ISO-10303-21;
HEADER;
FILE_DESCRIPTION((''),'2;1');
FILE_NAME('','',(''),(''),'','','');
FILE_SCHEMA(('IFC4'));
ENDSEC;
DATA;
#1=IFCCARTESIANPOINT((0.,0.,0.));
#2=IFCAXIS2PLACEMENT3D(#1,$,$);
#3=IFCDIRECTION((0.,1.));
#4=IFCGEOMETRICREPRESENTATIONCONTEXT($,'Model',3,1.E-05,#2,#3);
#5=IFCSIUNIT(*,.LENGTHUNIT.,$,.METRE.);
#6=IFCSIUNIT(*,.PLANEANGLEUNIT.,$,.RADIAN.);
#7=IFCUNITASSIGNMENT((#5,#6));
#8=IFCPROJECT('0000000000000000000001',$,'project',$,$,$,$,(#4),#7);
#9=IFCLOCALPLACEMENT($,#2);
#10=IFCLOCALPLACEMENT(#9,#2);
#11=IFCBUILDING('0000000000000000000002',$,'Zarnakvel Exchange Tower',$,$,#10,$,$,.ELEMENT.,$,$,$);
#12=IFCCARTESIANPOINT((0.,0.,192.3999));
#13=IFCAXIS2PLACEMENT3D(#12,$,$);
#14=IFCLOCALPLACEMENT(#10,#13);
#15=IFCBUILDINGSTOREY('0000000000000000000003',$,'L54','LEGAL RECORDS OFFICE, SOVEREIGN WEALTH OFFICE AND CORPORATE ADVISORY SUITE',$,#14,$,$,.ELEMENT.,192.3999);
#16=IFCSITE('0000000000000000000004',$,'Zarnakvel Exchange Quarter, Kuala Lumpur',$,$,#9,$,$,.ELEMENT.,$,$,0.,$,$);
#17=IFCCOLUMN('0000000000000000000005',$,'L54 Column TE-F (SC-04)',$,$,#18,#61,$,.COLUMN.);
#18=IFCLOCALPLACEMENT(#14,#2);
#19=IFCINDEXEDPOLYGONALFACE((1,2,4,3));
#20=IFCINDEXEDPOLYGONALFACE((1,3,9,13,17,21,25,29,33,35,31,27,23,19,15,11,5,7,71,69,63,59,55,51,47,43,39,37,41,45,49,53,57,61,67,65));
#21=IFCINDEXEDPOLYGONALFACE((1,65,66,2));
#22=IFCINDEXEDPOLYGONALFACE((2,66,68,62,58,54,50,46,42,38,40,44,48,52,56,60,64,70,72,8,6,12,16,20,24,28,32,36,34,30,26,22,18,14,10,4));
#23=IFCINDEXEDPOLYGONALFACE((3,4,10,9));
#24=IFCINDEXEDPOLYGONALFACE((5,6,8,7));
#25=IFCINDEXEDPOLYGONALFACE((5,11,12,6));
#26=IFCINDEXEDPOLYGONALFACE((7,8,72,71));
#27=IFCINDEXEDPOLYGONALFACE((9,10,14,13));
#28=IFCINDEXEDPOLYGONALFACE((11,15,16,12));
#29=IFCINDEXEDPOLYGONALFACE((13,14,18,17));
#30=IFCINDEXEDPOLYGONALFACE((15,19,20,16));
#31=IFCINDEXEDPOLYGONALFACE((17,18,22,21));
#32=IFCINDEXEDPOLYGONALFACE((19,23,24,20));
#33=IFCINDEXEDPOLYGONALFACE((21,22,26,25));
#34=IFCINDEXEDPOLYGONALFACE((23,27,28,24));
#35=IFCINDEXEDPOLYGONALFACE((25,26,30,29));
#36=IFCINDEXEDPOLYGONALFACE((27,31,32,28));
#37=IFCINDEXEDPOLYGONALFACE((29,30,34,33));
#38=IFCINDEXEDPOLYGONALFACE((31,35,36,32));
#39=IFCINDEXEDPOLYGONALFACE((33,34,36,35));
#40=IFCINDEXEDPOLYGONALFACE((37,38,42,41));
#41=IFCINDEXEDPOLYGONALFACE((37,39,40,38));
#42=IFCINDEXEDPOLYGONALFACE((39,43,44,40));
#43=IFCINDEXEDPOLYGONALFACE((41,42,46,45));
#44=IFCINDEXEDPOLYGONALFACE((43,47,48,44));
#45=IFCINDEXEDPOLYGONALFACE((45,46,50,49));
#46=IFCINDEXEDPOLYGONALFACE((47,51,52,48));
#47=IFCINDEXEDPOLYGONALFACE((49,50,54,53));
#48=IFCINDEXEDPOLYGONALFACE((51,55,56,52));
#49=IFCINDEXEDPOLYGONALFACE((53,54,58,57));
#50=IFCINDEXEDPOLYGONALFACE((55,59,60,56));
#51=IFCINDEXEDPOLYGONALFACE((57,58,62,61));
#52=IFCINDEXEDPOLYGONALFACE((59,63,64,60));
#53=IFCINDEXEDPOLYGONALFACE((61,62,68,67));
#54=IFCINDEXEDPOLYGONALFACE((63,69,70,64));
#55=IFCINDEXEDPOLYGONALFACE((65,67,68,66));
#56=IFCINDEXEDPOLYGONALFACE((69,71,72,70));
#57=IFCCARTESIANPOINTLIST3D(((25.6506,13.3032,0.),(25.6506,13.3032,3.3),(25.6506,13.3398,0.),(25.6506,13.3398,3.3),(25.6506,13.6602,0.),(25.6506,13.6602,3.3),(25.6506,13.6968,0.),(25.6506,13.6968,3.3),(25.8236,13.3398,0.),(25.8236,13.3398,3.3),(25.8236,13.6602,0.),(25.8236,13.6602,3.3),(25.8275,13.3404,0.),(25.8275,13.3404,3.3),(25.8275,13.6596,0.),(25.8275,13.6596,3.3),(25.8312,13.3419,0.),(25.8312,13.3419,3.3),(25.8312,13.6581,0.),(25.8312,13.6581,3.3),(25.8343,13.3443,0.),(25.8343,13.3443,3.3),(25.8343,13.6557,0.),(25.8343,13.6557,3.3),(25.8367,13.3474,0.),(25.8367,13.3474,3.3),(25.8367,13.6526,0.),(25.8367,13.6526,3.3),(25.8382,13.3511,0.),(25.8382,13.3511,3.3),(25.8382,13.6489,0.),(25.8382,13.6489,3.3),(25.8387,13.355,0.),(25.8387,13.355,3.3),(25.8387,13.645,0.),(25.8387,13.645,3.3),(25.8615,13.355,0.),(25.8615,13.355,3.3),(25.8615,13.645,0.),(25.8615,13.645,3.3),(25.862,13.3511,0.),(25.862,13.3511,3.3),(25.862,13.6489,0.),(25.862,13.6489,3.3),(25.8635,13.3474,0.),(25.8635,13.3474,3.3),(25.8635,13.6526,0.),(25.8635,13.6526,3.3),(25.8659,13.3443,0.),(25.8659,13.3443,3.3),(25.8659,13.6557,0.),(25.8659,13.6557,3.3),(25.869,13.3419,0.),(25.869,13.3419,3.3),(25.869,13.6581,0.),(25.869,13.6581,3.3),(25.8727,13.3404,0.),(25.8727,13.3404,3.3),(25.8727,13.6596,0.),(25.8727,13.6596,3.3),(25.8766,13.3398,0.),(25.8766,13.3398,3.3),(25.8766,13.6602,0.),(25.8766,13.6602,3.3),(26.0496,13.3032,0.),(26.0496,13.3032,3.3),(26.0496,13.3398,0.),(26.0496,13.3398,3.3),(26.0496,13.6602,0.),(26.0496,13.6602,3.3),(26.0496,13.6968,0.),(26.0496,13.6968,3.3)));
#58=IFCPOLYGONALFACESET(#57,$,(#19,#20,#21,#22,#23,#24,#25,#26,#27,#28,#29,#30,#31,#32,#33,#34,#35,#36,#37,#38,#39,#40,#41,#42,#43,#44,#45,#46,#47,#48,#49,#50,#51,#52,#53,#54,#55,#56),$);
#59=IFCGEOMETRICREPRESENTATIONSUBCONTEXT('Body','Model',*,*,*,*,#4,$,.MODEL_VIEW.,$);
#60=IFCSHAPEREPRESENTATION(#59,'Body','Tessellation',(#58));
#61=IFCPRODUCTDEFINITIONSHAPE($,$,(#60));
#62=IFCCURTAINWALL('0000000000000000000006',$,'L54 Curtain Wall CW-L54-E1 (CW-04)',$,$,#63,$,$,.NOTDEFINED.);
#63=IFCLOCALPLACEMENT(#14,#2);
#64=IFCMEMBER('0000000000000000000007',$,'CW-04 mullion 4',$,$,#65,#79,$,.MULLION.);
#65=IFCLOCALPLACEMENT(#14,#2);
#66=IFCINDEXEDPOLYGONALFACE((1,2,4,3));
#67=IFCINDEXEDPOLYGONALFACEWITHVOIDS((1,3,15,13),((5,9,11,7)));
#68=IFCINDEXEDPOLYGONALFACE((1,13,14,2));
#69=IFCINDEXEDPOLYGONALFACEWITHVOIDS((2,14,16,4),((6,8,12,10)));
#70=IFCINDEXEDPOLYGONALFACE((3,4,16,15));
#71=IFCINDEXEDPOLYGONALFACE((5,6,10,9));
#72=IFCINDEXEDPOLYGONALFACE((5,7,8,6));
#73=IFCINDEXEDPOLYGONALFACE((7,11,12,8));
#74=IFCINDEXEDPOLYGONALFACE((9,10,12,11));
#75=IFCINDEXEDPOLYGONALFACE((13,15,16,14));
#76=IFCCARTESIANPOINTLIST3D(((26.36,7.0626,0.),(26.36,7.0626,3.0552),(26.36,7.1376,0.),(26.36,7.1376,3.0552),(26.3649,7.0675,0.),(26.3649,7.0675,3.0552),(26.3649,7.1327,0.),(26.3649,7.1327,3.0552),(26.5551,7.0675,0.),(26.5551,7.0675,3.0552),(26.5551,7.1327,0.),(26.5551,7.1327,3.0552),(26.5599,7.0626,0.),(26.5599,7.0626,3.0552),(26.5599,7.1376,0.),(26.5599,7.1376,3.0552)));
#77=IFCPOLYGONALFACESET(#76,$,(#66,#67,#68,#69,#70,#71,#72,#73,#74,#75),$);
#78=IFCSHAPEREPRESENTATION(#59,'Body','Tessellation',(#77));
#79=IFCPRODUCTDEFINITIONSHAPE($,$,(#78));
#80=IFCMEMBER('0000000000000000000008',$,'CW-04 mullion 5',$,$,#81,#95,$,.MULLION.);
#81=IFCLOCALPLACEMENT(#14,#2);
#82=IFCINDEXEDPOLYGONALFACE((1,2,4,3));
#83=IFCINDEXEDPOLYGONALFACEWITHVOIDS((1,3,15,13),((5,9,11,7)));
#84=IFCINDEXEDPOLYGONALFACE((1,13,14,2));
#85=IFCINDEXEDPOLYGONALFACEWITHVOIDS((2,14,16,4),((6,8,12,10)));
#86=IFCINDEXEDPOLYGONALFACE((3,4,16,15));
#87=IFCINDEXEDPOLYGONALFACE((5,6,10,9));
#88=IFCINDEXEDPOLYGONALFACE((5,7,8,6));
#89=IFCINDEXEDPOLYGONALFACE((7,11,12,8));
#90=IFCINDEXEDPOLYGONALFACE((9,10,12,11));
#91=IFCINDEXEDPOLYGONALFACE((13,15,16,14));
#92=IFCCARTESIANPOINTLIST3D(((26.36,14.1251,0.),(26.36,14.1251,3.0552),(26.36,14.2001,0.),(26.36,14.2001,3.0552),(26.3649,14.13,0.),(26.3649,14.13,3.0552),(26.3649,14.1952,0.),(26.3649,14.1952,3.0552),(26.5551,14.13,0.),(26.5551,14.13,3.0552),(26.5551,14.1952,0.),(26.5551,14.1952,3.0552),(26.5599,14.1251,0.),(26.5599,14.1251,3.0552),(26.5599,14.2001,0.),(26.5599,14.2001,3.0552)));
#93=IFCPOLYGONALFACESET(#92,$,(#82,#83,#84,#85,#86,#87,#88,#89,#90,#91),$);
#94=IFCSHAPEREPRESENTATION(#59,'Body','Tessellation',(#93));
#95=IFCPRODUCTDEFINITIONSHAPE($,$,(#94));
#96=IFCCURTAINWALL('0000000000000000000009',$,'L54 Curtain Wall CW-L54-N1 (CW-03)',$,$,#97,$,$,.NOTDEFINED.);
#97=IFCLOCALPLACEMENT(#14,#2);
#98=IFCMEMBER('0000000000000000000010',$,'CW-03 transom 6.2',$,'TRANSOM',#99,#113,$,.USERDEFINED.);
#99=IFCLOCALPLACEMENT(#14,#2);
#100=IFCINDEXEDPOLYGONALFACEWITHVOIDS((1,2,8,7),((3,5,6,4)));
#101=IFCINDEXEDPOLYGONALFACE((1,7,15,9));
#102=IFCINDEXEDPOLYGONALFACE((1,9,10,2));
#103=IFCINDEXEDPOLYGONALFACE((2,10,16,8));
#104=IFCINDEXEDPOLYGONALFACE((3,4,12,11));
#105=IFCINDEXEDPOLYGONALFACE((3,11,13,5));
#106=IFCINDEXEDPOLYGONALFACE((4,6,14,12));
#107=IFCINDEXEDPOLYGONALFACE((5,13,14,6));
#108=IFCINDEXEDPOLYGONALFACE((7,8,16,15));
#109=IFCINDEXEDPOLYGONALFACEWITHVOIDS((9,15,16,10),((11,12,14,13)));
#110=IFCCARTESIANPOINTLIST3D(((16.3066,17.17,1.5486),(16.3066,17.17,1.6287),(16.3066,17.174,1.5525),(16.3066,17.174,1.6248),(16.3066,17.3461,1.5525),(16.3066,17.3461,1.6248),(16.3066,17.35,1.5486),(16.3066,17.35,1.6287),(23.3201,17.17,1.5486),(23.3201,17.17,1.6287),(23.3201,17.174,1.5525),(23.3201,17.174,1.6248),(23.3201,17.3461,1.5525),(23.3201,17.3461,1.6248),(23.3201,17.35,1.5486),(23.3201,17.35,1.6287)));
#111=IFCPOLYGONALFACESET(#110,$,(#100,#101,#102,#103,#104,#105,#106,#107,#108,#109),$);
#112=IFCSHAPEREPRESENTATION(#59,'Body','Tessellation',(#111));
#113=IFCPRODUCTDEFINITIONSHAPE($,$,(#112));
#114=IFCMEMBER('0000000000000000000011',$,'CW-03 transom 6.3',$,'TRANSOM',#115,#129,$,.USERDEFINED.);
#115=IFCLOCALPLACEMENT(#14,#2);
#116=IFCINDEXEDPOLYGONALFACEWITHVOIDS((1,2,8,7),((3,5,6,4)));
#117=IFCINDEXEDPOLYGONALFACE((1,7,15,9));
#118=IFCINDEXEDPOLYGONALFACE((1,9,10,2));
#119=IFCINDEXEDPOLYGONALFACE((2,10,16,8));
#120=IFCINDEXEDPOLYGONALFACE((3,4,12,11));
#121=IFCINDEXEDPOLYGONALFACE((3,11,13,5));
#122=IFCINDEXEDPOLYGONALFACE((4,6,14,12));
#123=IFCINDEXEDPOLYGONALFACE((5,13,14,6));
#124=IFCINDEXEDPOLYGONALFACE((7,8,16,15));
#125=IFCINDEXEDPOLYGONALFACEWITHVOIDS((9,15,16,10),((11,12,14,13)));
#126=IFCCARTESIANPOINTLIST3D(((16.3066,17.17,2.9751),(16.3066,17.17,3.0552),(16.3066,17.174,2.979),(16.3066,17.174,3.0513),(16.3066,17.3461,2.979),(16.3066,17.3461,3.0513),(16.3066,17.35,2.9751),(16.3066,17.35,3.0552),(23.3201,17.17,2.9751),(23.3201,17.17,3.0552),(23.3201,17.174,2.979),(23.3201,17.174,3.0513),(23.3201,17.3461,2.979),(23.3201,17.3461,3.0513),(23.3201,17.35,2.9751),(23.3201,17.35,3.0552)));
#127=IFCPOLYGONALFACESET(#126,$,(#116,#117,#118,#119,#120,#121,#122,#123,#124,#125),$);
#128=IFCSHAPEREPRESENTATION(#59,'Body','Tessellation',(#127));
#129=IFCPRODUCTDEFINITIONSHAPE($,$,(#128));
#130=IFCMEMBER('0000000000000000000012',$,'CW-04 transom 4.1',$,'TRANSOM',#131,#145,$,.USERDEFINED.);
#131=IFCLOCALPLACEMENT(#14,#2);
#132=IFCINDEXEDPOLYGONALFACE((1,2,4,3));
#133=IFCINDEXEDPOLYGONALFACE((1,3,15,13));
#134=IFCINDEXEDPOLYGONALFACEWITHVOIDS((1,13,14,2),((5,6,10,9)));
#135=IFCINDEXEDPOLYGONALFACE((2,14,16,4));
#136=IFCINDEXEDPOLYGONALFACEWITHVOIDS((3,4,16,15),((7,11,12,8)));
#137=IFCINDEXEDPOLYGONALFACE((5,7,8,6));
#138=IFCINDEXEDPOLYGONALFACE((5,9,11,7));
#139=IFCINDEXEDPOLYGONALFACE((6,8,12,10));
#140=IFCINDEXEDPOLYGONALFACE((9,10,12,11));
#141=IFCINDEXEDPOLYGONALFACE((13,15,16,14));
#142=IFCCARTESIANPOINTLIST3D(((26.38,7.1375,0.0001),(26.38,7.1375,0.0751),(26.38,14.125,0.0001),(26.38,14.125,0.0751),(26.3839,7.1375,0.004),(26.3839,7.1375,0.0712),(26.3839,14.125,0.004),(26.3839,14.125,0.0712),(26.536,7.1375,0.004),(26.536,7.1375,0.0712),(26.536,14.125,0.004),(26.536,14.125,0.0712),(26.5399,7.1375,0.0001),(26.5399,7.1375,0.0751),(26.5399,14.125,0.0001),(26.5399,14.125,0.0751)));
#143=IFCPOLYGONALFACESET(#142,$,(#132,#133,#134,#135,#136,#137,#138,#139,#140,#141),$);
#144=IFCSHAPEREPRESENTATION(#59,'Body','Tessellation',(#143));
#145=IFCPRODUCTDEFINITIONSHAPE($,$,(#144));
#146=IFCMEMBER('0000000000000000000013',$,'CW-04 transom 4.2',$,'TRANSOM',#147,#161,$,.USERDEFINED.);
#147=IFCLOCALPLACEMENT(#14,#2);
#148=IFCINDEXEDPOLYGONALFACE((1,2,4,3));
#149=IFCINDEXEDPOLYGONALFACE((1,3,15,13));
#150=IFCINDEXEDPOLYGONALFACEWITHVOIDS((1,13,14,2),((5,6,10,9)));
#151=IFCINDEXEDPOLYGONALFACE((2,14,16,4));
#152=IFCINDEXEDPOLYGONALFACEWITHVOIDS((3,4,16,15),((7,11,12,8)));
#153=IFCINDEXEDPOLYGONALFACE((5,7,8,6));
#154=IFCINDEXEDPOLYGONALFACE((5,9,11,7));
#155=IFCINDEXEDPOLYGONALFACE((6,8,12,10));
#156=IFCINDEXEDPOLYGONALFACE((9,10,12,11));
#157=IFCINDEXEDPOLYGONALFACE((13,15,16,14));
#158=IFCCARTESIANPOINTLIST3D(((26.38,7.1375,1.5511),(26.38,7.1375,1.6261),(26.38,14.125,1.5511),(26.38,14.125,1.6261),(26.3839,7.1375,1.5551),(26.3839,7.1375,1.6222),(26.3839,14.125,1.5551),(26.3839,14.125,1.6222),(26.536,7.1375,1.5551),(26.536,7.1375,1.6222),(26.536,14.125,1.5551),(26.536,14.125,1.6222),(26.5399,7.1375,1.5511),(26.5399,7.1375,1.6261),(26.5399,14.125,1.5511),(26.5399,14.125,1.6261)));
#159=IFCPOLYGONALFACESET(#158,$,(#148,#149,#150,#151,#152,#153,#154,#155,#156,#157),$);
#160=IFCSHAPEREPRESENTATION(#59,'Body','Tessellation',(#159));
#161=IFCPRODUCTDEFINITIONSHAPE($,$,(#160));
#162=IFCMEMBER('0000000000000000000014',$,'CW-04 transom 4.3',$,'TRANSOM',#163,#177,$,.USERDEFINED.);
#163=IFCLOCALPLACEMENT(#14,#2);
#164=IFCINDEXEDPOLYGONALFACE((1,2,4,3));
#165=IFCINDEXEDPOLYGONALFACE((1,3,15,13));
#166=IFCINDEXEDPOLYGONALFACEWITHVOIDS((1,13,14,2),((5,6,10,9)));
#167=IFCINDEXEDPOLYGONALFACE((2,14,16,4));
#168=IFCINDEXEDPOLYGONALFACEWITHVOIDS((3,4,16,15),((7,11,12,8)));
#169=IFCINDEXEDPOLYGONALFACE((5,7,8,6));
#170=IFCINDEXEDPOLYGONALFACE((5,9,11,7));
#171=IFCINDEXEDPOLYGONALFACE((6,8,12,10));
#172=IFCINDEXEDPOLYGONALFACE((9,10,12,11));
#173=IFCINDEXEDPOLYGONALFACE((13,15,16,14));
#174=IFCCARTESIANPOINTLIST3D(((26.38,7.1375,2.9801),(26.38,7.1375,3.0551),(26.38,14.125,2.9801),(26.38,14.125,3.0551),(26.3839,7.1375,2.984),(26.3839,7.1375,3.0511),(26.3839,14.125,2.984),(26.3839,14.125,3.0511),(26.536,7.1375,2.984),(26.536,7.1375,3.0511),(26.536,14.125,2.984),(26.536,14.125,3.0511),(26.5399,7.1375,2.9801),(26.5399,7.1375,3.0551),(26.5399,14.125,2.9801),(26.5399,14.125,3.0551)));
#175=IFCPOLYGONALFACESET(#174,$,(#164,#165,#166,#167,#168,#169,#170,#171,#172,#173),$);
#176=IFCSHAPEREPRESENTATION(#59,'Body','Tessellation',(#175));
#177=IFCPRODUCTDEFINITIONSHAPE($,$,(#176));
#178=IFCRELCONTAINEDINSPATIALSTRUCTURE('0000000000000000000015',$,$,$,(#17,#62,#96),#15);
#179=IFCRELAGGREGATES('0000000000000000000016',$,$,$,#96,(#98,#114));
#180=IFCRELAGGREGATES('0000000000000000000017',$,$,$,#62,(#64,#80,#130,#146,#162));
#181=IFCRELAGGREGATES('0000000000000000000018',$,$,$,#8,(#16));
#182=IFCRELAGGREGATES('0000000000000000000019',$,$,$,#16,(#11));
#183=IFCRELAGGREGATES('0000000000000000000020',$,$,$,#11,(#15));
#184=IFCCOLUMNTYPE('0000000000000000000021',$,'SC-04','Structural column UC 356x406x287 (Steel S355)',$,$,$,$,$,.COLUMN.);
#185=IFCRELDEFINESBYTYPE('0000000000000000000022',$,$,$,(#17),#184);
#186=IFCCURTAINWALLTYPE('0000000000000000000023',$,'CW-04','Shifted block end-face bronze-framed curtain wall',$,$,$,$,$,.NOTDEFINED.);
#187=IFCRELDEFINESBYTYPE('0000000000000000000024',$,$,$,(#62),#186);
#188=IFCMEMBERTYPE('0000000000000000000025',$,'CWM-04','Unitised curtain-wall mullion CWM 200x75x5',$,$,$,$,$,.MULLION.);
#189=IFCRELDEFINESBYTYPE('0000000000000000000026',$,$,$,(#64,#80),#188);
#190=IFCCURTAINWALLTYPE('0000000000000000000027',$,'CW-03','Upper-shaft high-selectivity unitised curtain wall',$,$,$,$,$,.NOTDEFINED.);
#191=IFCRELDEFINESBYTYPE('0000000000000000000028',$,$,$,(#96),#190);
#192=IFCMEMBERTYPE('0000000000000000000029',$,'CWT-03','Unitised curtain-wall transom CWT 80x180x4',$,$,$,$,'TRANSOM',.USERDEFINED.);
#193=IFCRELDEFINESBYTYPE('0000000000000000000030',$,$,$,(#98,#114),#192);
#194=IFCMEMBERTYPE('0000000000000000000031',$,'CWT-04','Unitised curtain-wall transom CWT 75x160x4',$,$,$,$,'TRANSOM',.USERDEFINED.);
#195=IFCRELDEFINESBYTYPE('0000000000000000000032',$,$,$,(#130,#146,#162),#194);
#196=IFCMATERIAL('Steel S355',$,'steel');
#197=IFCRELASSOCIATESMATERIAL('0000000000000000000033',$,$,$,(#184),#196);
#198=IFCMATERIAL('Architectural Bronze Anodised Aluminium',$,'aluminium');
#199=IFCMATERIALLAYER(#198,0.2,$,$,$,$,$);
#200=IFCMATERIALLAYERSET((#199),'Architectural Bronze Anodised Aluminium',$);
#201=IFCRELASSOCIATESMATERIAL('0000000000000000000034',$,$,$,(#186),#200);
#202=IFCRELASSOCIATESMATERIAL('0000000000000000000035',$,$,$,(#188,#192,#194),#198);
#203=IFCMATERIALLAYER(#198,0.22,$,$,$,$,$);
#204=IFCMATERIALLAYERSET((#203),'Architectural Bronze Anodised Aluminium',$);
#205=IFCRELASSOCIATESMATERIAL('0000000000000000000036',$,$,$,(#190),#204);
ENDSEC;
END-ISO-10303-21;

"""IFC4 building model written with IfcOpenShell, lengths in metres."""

from ifc_helpers import new_model, si_unit, direction, frame, origin, origin_2d, place, context, subcontext, project, spatial, hollow_rectangle, i_section, extrude, source, transform, mapped, material, layer, layer_set, material_profile, profile_set, type_object, element, aggregate, save


model = new_model("IFC4")

# Units and contexts
model_context = context("Model", 3, precision=1e-05, world=origin(), true_north=direction((0.0, 1.0)))
body_context = subcontext(model_context, "Body", "Model", "MODEL_VIEW")
ifc_project = project(units=[si_unit("LENGTHUNIT", "METRE"), si_unit("PLANEANGLEUNIT", "RADIAN")], contexts=[model_context])

# Site, building, storey
site_placement = place(None, origin())
site = spatial("IfcSite", under=ifc_project, at=site_placement, Name="Zarnakvel Exchange Quarter, Kuala Lumpur", CompositionType="ELEMENT", RefElevation=0.0)
building_placement = place(site_placement, origin())
building = spatial("IfcBuilding", under=site, at=building_placement, Name="Zarnakvel Exchange Tower", CompositionType="ELEMENT")
storey_placement = place(building_placement, frame((0.0, 0.0, 192.3999)))
storey = spatial("IfcBuildingStorey", under=building, at=storey_placement, Name="L54", Description="LEGAL RECORDS OFFICE, SOVEREIGN WEALTH OFFICE AND CORPORATE ADVISORY SUITE", CompositionType="ELEMENT", Elevation=192.3999)

# Column
ifc_material_1 = material(Name="Steel S355", Category="steel")
ifc_material_profile_1 = material_profile(ifc_material_1, i_section(OverallWidth=0.3989, OverallDepth=0.3936, WebThickness=0.0227, FlangeThickness=0.0366, FilletRadius=0.0151, at=origin_2d()))
ifc_profile_set_1 = profile_set([ifc_material_profile_1], Name="Steel S355")
column_type = type_object("IfcColumnType", Name="SC-04", Description="Structural column UC 356x406x287 (Steel S355)", PredefinedType="COLUMN", material=ifc_profile_set_1)
column_placement = place(storey_placement, frame((25.8501, 13.5, 0.0), z_axis=(0.0, 0.0, 1.0), x_axis=(1.0, 0.0, 0.0)))
element("IfcColumn", 1, at=column_placement, inside=storey, type_object=column_type, Name="L54 Column TE-F (SC-04)", PredefinedType="COLUMN", context=body_context, shape_type="SweptSolid", body=[
    extrude(i_section(OverallWidth=0.3989, OverallDepth=0.3936, WebThickness=0.0227, FlangeThickness=0.0366, FilletRadius=0.0151, at=origin_2d()), origin(), (0.0, 0.0, 1.0), 3.3),
])

# Curtain walls, members
ifc_material_2 = material(Name="Architectural Bronze Anodised Aluminium", Category="aluminium")
ifc_layer_1 = layer(ifc_material_2, 0.2)
ifc_layer_set_1 = layer_set([ifc_layer_1], Name="Architectural Bronze Anodised Aluminium")
curtain_wall_type_1 = type_object("IfcCurtainWallType", Name="CW-04", Description="Shifted block end-face bronze-framed curtain wall", PredefinedType="NOTDEFINED", material=ifc_layer_set_1)
curtain_wall_1_placement = place(storey_placement, origin())
curtain_wall_1 = element("IfcCurtainWall", 2, at=curtain_wall_1_placement, inside=storey, type_object=curtain_wall_type_1, Name="L54 Curtain Wall CW-L54-E1 (CW-04)", PredefinedType="NOTDEFINED")
ifc_material_profile_2 = material_profile(ifc_material_2, hollow_rectangle(XDim=0.2, YDim=0.075, WallThickness=0.0049, at=origin_2d()))
ifc_profile_set_2 = profile_set([ifc_material_profile_2], Name="Architectural Bronze Anodised Aluminium")
member_type_1 = type_object("IfcMemberType", Name="CWM-04", Description="Unitised curtain-wall mullion CWM 200x75x5", PredefinedType="MULLION", material=ifc_profile_set_2)
shared_shape_1 = source(origin(), body_context, "Body", "SweptSolid", [
    extrude(hollow_rectangle(XDim=0.2, YDim=0.075, WallThickness=0.0049, at=origin_2d()), origin(), (0.0, 0.0, 1.0), 3.0552),
])
member_1_placement = place(storey_placement, frame((26.46, 7.1001, 0.0), z_axis=(0.0, 0.0, 1.0), x_axis=(-1.0, 0.0, 0.0)))
member_1 = element("IfcMember", 3, at=member_1_placement, type_object=member_type_1, Name="CW-04 mullion 4", PredefinedType="MULLION", context=body_context, shape_type="MappedRepresentation", body=[
    mapped(shared_shape_1, transform((0.0, 0.0, 0.0), x_axis=(1.0, 0.0, 0.0), y_axis=(0.0, 1.0, 0.0), z_axis=(0.0, 0.0, 1.0), scale=1.0)),
])
member_2_placement = place(storey_placement, frame((26.46, 14.1626, 0.0), z_axis=(0.0, 0.0, 1.0), x_axis=(-1.0, 0.0, 0.0)))
member_2 = element("IfcMember", 4, at=member_2_placement, type_object=member_type_1, Name="CW-04 mullion 5", PredefinedType="MULLION", context=body_context, shape_type="MappedRepresentation", body=[
    mapped(shared_shape_1, transform((0.0, 0.0, 0.0), x_axis=(1.0, 0.0, 0.0), y_axis=(0.0, 1.0, 0.0), z_axis=(0.0, 0.0, 1.0), scale=1.0)),
])
ifc_layer_2 = layer(ifc_material_2, 0.22)
ifc_layer_set_2 = layer_set([ifc_layer_2], Name="Architectural Bronze Anodised Aluminium")
curtain_wall_type_2 = type_object("IfcCurtainWallType", Name="CW-03", Description="Upper-shaft high-selectivity unitised curtain wall", PredefinedType="NOTDEFINED", material=ifc_layer_set_2)
curtain_wall_2_placement = place(storey_placement, origin())
curtain_wall_2 = element("IfcCurtainWall", 5, at=curtain_wall_2_placement, inside=storey, type_object=curtain_wall_type_2, Name="L54 Curtain Wall CW-L54-N1 (CW-03)", PredefinedType="NOTDEFINED")
ifc_material_profile_3 = material_profile(ifc_material_2, hollow_rectangle(XDim=0.1799, YDim=0.0801, WallThickness=0.0039, at=origin_2d()))
ifc_profile_set_3 = profile_set([ifc_material_profile_3], Name="Architectural Bronze Anodised Aluminium")
member_type_2 = type_object("IfcMemberType", Name="CWT-03", Description="Unitised curtain-wall transom CWT 80x180x4", ElementType="TRANSOM", PredefinedType="USERDEFINED", material=ifc_profile_set_3)
shared_shape_2 = source(origin(), body_context, "Body", "SweptSolid", [
    extrude(hollow_rectangle(XDim=0.1799, YDim=0.0801, WallThickness=0.0039, at=origin_2d()), origin(), (0.0, 0.0, 1.0), 7.0134),
])
member_3_placement = place(storey_placement, frame((16.3066, 17.26, 1.5886), z_axis=(1.0, 0.0, 0.0), x_axis=(0.0, 1.0, 0.0)))
member_3 = element("IfcMember", 6, at=member_3_placement, type_object=member_type_2, Name="CW-03 transom 6.2", ObjectType="TRANSOM", PredefinedType="USERDEFINED", context=body_context, shape_type="MappedRepresentation", body=[
    mapped(shared_shape_2, transform((0.0, 0.0, 0.0), x_axis=(1.0, 0.0, 0.0), y_axis=(0.0, 1.0, 0.0), z_axis=(0.0, 0.0, 1.0), scale=1.0)),
])
member_4_placement = place(storey_placement, frame((16.3066, 17.26, 3.0151), z_axis=(1.0, 0.0, 0.0), x_axis=(0.0, 1.0, 0.0)))
member_4 = element("IfcMember", 7, at=member_4_placement, type_object=member_type_2, Name="CW-03 transom 6.3", ObjectType="TRANSOM", PredefinedType="USERDEFINED", context=body_context, shape_type="MappedRepresentation", body=[
    mapped(shared_shape_2, transform((0.0, 0.0, 0.0), x_axis=(1.0, 0.0, 0.0), y_axis=(0.0, 1.0, 0.0), z_axis=(0.0, 0.0, 1.0), scale=1.0)),
])

# Members
ifc_material_profile_4 = material_profile(ifc_material_2, hollow_rectangle(XDim=0.1599, YDim=0.075, WallThickness=0.0039, at=origin_2d()))
ifc_profile_set_4 = profile_set([ifc_material_profile_4], Name="Architectural Bronze Anodised Aluminium")
member_type_3 = type_object("IfcMemberType", Name="CWT-04", Description="Unitised curtain-wall transom CWT 75x160x4", ElementType="TRANSOM", PredefinedType="USERDEFINED", material=ifc_profile_set_4)
shared_shape_3 = source(origin(), body_context, "Body", "SweptSolid", [
    extrude(hollow_rectangle(XDim=0.1599, YDim=0.075, WallThickness=0.0039, at=origin_2d()), origin(), (0.0, 0.0, 1.0), 6.9875),
])
member_5_placement = place(storey_placement, frame((26.46, 7.1375, 0.0376), z_axis=(0.0, 1.0, 0.0), x_axis=(-1.0, 0.0, 0.0)))
member_5 = element("IfcMember", 8, at=member_5_placement, type_object=member_type_3, Name="CW-04 transom 4.1", ObjectType="TRANSOM", PredefinedType="USERDEFINED", context=body_context, shape_type="MappedRepresentation", body=[
    mapped(shared_shape_3, transform((0.0, 0.0, 0.0), x_axis=(1.0, 0.0, 0.0), y_axis=(0.0, 1.0, 0.0), z_axis=(0.0, 0.0, 1.0), scale=1.0)),
])
member_6_placement = place(storey_placement, frame((26.46, 7.1375, 1.5886), z_axis=(0.0, 1.0, 0.0), x_axis=(-1.0, 0.0, 0.0)))
member_6 = element("IfcMember", 9, at=member_6_placement, type_object=member_type_3, Name="CW-04 transom 4.2", ObjectType="TRANSOM", PredefinedType="USERDEFINED", context=body_context, shape_type="MappedRepresentation", body=[
    mapped(shared_shape_3, transform((0.0, 0.0, 0.0), x_axis=(1.0, 0.0, 0.0), y_axis=(0.0, 1.0, 0.0), z_axis=(0.0, 0.0, 1.0), scale=1.0)),
])
member_7_placement = place(storey_placement, frame((26.46, 7.1375, 3.0176), z_axis=(0.0, 1.0, 0.0), x_axis=(-1.0, 0.0, 0.0)))
member_7 = element("IfcMember", 10, at=member_7_placement, type_object=member_type_3, Name="CW-04 transom 4.3", ObjectType="TRANSOM", PredefinedType="USERDEFINED", context=body_context, shape_type="MappedRepresentation", body=[
    mapped(shared_shape_3, transform((0.0, 0.0, 0.0), x_axis=(1.0, 0.0, 0.0), y_axis=(0.0, 1.0, 0.0), z_axis=(0.0, 0.0, 1.0), scale=1.0)),
])

aggregate(curtain_wall_2, [member_3, member_4])
aggregate(curtain_wall_1, [member_1, member_2, member_5, member_6, member_7])

save(model, "model.ifc")
